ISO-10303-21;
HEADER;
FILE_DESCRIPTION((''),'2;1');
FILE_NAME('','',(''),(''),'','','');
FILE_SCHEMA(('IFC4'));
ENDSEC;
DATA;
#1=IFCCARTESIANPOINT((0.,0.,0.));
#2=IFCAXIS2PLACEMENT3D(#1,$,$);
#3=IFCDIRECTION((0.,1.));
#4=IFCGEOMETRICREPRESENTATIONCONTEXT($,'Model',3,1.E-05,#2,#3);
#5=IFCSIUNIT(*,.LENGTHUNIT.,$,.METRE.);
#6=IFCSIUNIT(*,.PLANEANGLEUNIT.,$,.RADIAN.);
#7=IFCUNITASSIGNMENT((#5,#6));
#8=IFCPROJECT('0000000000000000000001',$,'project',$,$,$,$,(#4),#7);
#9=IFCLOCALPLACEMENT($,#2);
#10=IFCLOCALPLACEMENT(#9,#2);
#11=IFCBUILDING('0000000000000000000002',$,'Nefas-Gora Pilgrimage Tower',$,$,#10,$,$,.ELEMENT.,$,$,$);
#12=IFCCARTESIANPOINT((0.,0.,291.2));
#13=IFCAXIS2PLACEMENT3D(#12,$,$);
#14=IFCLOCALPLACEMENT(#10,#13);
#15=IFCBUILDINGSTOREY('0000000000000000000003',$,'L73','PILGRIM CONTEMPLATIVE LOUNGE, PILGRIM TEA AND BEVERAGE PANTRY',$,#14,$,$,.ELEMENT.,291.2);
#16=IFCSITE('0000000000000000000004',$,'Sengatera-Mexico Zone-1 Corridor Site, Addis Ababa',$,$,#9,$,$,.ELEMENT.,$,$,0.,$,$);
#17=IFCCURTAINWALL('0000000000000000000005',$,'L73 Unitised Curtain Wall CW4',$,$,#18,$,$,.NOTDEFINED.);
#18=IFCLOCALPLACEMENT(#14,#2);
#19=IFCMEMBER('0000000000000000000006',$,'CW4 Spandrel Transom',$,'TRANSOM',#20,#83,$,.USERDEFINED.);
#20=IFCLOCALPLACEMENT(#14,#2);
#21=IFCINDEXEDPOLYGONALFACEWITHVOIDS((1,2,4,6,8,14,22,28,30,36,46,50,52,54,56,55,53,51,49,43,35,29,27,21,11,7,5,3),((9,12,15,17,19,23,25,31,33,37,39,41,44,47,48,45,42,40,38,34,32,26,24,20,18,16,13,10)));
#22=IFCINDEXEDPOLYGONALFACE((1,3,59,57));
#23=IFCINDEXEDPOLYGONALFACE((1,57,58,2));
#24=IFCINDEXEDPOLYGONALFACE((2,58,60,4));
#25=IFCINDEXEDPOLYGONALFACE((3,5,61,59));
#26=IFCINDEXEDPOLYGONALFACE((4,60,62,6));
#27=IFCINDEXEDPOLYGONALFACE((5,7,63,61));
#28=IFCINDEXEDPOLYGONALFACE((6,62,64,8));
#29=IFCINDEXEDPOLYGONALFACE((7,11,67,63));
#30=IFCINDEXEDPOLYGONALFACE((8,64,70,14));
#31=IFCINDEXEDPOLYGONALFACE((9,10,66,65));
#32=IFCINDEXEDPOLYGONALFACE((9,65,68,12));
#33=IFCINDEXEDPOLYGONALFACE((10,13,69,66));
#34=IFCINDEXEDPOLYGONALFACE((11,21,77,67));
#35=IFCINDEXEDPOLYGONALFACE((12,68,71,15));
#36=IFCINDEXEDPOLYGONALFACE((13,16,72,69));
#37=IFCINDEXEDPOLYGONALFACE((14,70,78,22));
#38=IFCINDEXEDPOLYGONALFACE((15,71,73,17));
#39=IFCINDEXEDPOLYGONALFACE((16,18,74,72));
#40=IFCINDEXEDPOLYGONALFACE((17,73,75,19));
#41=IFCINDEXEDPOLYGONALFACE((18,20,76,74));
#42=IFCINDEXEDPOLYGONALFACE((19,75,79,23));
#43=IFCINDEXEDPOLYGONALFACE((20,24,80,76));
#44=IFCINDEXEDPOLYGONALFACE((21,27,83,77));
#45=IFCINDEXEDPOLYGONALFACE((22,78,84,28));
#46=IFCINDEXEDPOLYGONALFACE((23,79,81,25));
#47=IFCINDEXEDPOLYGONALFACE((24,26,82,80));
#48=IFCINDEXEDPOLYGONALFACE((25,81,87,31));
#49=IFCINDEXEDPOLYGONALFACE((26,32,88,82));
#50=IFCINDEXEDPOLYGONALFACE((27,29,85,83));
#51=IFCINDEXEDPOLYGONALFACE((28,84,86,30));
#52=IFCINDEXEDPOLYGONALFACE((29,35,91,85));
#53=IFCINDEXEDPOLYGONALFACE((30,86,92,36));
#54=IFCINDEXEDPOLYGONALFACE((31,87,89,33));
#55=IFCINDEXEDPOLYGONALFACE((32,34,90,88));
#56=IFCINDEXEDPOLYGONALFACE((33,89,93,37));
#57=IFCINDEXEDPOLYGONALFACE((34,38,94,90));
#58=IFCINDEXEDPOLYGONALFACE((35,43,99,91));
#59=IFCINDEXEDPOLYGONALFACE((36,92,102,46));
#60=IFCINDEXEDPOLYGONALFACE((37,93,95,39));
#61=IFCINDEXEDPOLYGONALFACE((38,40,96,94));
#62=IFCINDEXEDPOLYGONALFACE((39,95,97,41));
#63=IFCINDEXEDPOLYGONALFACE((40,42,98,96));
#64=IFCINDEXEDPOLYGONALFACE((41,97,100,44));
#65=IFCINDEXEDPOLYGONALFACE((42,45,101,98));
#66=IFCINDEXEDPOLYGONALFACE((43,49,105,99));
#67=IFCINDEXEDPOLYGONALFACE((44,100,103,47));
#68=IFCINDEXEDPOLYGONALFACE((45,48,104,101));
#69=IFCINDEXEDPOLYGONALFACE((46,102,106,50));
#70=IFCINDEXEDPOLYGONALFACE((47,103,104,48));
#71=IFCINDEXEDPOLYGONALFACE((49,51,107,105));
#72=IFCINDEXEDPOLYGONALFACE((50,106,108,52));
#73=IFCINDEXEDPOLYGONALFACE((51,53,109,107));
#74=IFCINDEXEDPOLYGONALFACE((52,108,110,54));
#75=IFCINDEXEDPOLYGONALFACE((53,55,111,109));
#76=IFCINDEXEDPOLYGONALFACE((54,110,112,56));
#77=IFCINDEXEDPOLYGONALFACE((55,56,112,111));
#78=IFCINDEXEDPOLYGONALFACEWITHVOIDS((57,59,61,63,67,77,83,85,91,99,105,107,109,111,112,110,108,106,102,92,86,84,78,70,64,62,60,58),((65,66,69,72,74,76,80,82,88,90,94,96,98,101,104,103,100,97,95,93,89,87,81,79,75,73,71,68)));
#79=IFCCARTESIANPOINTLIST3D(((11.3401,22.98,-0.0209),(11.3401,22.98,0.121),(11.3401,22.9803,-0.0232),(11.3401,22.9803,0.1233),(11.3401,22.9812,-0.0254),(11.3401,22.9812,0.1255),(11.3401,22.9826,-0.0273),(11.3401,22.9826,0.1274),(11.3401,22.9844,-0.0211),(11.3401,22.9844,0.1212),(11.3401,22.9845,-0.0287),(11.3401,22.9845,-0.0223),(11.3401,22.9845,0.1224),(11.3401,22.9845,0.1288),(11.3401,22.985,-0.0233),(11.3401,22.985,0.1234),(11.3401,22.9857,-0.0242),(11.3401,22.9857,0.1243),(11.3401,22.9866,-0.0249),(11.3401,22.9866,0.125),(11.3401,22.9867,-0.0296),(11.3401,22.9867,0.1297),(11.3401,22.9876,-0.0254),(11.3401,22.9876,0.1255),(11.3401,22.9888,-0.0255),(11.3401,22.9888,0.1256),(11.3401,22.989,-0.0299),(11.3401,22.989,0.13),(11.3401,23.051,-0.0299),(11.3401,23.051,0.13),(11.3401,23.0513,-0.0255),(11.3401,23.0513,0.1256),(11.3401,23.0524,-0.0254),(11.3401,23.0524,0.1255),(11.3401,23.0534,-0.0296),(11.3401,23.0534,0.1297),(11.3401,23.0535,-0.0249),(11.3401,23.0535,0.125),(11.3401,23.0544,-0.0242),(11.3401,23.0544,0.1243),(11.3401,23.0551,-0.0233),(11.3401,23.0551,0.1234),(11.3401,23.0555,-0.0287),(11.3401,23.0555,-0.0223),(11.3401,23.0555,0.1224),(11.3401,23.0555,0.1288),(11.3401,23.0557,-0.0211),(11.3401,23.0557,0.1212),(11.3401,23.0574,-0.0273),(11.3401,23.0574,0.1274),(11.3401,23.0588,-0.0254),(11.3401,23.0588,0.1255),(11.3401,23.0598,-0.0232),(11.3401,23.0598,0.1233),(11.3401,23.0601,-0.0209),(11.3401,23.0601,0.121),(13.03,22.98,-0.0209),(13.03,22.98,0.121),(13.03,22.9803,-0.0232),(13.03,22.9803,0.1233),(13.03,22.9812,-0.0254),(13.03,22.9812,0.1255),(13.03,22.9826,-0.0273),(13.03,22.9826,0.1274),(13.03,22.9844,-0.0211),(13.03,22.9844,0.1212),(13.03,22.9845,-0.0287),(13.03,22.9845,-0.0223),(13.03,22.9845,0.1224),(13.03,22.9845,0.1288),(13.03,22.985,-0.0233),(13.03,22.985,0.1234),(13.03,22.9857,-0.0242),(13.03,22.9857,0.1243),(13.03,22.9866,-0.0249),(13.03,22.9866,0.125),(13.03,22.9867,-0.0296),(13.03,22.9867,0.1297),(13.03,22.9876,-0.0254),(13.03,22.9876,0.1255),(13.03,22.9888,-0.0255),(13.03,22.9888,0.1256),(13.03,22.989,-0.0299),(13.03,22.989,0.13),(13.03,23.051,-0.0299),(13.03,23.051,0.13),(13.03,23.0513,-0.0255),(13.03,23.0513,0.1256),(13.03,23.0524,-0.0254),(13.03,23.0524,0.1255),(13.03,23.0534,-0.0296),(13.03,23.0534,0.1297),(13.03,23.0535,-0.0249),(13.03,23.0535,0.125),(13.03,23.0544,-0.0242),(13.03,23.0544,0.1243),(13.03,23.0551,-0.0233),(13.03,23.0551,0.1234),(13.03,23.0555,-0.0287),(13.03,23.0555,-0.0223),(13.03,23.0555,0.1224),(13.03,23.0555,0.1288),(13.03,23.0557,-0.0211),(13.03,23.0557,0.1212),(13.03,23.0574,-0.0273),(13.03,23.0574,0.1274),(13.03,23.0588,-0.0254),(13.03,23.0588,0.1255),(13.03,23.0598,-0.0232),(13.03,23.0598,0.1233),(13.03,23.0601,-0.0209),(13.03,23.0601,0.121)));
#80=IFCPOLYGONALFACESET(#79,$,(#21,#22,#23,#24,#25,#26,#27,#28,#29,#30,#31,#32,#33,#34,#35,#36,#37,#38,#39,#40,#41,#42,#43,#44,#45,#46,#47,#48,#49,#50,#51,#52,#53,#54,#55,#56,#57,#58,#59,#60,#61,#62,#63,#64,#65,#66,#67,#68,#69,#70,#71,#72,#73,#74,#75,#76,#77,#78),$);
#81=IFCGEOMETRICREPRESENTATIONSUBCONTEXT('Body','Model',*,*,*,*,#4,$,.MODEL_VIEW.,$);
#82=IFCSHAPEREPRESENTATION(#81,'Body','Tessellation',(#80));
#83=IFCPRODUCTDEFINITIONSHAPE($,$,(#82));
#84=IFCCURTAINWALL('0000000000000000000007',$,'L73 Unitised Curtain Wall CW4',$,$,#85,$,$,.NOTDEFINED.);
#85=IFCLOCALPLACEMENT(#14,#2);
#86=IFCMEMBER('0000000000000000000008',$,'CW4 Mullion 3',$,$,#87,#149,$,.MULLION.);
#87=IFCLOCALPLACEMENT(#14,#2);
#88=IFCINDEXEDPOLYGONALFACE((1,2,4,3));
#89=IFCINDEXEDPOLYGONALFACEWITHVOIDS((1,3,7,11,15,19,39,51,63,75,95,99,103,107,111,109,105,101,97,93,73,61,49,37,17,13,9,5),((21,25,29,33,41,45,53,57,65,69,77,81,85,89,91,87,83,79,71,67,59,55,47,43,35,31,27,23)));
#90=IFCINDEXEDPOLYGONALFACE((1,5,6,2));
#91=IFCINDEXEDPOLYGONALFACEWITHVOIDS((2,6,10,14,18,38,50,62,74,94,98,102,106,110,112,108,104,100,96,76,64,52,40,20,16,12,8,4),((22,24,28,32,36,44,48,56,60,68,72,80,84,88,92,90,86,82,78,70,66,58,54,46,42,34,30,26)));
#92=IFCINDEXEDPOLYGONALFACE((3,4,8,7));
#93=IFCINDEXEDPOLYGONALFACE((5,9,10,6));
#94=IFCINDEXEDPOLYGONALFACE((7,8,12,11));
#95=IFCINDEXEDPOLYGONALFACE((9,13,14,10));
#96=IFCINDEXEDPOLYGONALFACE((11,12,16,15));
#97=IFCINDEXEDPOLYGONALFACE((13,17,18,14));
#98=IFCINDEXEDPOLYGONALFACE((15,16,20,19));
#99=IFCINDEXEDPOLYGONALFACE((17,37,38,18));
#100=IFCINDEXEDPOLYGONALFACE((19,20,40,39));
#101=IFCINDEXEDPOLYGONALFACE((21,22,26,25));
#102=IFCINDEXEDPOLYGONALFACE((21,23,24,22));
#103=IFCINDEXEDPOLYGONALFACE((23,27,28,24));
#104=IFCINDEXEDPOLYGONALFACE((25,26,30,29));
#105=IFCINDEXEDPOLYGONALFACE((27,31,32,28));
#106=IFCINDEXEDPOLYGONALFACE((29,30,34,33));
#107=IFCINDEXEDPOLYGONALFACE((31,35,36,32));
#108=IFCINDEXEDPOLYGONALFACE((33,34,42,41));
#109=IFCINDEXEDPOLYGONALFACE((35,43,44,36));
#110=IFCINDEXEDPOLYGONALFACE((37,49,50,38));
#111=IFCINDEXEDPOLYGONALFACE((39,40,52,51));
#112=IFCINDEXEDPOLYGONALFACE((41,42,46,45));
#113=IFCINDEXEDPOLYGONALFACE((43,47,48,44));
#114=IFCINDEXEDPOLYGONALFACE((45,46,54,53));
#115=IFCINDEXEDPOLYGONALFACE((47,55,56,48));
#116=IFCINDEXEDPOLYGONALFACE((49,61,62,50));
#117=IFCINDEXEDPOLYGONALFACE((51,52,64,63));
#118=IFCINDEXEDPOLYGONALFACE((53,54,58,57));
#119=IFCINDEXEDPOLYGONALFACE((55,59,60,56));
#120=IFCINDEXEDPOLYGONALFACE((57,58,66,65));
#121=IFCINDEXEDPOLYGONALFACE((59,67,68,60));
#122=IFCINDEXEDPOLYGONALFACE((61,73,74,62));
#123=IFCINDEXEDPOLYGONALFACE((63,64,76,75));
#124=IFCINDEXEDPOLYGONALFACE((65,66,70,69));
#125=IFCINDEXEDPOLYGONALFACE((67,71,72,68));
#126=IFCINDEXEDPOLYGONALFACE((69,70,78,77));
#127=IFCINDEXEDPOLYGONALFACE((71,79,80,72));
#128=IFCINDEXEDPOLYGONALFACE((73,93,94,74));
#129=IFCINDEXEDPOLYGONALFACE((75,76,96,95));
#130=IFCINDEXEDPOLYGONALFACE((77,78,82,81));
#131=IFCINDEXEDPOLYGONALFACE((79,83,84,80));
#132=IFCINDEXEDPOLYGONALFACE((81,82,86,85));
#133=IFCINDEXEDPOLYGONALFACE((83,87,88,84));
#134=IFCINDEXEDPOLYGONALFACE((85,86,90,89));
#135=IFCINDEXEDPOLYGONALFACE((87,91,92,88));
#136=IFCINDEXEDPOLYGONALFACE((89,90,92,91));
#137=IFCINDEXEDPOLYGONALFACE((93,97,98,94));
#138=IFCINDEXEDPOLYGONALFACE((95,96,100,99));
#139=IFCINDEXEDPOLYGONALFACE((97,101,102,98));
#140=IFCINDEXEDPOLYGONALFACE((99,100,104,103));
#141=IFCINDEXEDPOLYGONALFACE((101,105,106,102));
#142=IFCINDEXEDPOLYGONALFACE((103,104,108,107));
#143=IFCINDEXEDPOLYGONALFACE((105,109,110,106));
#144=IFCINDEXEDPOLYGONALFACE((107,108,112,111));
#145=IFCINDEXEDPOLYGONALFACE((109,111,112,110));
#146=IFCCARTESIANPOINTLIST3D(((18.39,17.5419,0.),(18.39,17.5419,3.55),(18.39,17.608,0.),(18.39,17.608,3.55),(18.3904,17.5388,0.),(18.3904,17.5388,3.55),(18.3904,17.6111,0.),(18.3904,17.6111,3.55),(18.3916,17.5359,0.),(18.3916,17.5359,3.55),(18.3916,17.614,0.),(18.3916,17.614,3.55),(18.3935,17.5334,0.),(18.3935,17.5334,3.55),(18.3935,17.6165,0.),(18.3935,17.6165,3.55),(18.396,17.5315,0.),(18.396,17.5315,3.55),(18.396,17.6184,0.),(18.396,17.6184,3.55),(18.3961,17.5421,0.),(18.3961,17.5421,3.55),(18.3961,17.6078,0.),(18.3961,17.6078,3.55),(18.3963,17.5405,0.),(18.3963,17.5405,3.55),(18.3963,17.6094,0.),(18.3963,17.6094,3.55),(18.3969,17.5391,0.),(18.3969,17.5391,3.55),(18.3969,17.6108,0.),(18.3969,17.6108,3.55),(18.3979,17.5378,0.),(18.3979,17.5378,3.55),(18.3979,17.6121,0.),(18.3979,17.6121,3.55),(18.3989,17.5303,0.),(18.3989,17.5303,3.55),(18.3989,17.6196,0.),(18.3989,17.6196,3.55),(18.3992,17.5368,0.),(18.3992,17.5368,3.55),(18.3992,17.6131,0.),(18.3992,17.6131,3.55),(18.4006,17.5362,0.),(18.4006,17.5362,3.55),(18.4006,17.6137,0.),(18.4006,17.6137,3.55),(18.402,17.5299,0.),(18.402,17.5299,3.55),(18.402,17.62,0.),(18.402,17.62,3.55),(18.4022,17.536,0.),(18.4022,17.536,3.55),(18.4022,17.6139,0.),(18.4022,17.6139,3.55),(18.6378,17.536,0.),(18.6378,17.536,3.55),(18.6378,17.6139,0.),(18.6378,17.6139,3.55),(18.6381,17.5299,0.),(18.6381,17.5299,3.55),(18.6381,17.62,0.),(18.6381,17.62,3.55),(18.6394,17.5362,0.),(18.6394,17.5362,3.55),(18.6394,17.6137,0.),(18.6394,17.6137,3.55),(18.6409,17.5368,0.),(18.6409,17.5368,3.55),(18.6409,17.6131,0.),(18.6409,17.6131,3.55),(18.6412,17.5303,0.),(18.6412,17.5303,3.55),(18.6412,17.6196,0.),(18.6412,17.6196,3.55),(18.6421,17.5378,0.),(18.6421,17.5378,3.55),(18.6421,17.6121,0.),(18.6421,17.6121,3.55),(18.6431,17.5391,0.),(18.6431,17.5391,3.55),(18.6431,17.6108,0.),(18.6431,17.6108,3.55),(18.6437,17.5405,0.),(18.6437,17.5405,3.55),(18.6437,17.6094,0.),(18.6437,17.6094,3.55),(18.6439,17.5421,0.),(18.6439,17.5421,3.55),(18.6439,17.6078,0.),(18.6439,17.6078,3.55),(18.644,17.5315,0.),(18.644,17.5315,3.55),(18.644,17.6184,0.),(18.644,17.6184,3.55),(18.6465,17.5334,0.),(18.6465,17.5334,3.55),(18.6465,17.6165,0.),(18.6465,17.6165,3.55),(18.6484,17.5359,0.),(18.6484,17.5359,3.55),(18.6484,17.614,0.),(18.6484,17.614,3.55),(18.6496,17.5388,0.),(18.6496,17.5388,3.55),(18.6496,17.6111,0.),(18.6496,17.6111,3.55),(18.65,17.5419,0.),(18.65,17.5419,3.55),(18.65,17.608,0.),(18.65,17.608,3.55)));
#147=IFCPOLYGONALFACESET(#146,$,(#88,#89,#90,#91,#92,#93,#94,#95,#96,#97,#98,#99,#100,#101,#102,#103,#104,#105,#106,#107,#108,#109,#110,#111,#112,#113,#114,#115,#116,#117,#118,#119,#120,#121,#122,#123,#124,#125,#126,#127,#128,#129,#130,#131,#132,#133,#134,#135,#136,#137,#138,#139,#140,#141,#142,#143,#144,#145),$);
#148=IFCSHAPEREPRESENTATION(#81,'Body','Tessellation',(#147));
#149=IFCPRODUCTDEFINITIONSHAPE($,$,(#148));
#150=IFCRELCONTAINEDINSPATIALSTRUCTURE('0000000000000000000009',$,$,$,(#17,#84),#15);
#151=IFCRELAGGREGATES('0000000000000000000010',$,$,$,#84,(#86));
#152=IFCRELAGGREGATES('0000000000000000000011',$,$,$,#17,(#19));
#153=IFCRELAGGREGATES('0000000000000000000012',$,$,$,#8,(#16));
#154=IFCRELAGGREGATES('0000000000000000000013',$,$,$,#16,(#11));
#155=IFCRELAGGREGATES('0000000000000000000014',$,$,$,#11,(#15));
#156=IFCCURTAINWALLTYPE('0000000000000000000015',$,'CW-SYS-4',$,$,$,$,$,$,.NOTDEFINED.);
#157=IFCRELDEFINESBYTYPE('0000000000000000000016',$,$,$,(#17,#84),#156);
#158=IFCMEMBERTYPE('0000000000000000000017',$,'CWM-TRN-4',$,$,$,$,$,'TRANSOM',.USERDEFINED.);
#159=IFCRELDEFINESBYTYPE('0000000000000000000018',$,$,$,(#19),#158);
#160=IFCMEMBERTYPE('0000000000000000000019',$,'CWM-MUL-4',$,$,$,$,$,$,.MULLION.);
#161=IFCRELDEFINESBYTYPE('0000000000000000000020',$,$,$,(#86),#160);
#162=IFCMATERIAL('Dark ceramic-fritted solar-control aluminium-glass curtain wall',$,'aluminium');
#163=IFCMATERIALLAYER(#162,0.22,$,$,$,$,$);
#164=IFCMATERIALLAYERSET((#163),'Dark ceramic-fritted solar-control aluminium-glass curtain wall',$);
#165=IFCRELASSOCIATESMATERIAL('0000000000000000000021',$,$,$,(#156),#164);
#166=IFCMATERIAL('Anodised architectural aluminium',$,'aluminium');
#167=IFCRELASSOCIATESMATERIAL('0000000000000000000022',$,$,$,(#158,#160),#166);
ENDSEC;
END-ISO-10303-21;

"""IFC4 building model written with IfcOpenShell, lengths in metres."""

from ifc_helpers import new_model, si_unit, direction, frame, origin, origin_2d, place, context, subcontext, project, spatial, hollow_rectangle, extrude, source, transform, mapped, material, layer, layer_set, material_profile, profile_set, type_object, element, aggregate, save


model = new_model("IFC4")

# Units and contexts
model_context = context("Model", 3, precision=1e-05, world=origin(), true_north=direction((0.0, 1.0)))
body_context = subcontext(model_context, "Body", "Model", "MODEL_VIEW")
ifc_project = project(units=[si_unit("LENGTHUNIT", "METRE"), si_unit("PLANEANGLEUNIT", "RADIAN")], contexts=[model_context])

# Site, building, storey
site_placement = place(None, origin())
site = spatial("IfcSite", under=ifc_project, at=site_placement, Name="Sengatera-Mexico Zone-1 Corridor Site, Addis Ababa", CompositionType="ELEMENT", RefElevation=0.0)
building_placement = place(site_placement, origin())
building = spatial("IfcBuilding", under=site, at=building_placement, Name="Nefas-Gora Pilgrimage Tower", CompositionType="ELEMENT")
storey_placement = place(building_placement, frame((0.0, 0.0, 291.2)))
storey = spatial("IfcBuildingStorey", under=building, at=storey_placement, Name="L73", Description="PILGRIM CONTEMPLATIVE LOUNGE, PILGRIM TEA AND BEVERAGE PANTRY", CompositionType="ELEMENT", Elevation=291.2)

# Shared definitions
ifc_material_1 = material(Name="Dark ceramic-fritted solar-control aluminium-glass curtain wall", Category="aluminium")
ifc_material_2 = material(Name="Anodised architectural aluminium", Category="aluminium")

# Curtain walls, members
ifc_layer_1 = layer(ifc_material_1, 0.22)
ifc_layer_set_1 = layer_set([ifc_layer_1], Name="Dark ceramic-fritted solar-control aluminium-glass curtain wall")
curtain_wall_type_1 = type_object("IfcCurtainWallType", Name="CW-SYS-4", PredefinedType="NOTDEFINED", material=ifc_layer_set_1)
curtain_wall_1_placement = place(storey_placement, origin())
curtain_wall_1 = element("IfcCurtainWall", 1, at=curtain_wall_1_placement, inside=storey, type_object=curtain_wall_type_1, Name="L73 Unitised Curtain Wall CW4", PredefinedType="NOTDEFINED")
ifc_material_profile_1 = material_profile(ifc_material_2, hollow_rectangle(XDim=0.0801, YDim=0.1599, WallThickness=0.0044, InnerFilletRadius=0.0044, OuterFilletRadius=0.009, at=origin_2d()), Name="ALU TRANSOM 80x160")
ifc_profile_set_1 = profile_set([ifc_material_profile_1], Name="Anodised architectural aluminium")
member_type_1 = type_object("IfcMemberType", Name="CWM-TRN-4", ElementType="TRANSOM", PredefinedType="USERDEFINED", material=ifc_profile_set_1)
shared_shape_1 = source(origin(), body_context, "Body", "SweptSolid", [
    extrude(hollow_rectangle(XDim=0.0801, YDim=0.1599, WallThickness=0.0044, InnerFilletRadius=0.0044, OuterFilletRadius=0.009, at=origin_2d()), origin(), (0.0, 0.0, 1.0), 1.6899),
])
member_1_placement = place(storey_placement, frame((13.03, 23.02, 0.05), z_axis=(-1.0, 0.0, 0.0), x_axis=(0.0, -1.0, 0.0)))
member_1 = element("IfcMember", 2, at=member_1_placement, type_object=member_type_1, Name="CW4 Spandrel Transom", ObjectType="TRANSOM", PredefinedType="USERDEFINED", context=body_context, shape_type="MappedRepresentation", body=[
    mapped(shared_shape_1, transform((0.0, 0.0, 0.0), x_axis=(1.0, 0.0, 0.0), y_axis=(0.0, 1.0, 0.0), z_axis=(0.0, 0.0, 1.0), scale=1.0)),
])
curtain_wall_2_placement = place(storey_placement, origin())
curtain_wall_2 = element("IfcCurtainWall", 3, at=curtain_wall_2_placement, inside=storey, type_object=curtain_wall_type_1, Name="L73 Unitised Curtain Wall CW4", PredefinedType="NOTDEFINED")
ifc_material_profile_2 = material_profile(ifc_material_2, hollow_rectangle(XDim=0.0901, YDim=0.26, WallThickness=0.0061, InnerFilletRadius=0.0061, OuterFilletRadius=0.012, at=origin_2d()), Name="ALU MULLION 90x260")
ifc_profile_set_2 = profile_set([ifc_material_profile_2], Name="Anodised architectural aluminium")
member_type_2 = type_object("IfcMemberType", Name="CWM-MUL-4", PredefinedType="MULLION", material=ifc_profile_set_2)
shared_shape_2 = source(origin(), body_context, "Body", "SweptSolid", [
    extrude(hollow_rectangle(XDim=0.0901, YDim=0.26, WallThickness=0.0061, InnerFilletRadius=0.0061, OuterFilletRadius=0.012, at=origin_2d()), origin(), (0.0, 0.0, 1.0), 3.55),
])
member_2_placement = place(storey_placement, frame((18.52, 17.575, 0.0), z_axis=(0.0, 0.0, 1.0), x_axis=(0.0, 1.0, 0.0)))
member_2 = element("IfcMember", 4, at=member_2_placement, type_object=member_type_2, Name="CW4 Mullion 3", PredefinedType="MULLION", context=body_context, shape_type="MappedRepresentation", body=[
    mapped(shared_shape_2, transform((0.0, 0.0, 0.0), x_axis=(1.0, 0.0, 0.0), y_axis=(0.0, 1.0, 0.0), z_axis=(0.0, 0.0, 1.0), scale=1.0)),
])
aggregate(curtain_wall_2, [member_2])

aggregate(curtain_wall_1, [member_1])

save(model, "model.ifc")
